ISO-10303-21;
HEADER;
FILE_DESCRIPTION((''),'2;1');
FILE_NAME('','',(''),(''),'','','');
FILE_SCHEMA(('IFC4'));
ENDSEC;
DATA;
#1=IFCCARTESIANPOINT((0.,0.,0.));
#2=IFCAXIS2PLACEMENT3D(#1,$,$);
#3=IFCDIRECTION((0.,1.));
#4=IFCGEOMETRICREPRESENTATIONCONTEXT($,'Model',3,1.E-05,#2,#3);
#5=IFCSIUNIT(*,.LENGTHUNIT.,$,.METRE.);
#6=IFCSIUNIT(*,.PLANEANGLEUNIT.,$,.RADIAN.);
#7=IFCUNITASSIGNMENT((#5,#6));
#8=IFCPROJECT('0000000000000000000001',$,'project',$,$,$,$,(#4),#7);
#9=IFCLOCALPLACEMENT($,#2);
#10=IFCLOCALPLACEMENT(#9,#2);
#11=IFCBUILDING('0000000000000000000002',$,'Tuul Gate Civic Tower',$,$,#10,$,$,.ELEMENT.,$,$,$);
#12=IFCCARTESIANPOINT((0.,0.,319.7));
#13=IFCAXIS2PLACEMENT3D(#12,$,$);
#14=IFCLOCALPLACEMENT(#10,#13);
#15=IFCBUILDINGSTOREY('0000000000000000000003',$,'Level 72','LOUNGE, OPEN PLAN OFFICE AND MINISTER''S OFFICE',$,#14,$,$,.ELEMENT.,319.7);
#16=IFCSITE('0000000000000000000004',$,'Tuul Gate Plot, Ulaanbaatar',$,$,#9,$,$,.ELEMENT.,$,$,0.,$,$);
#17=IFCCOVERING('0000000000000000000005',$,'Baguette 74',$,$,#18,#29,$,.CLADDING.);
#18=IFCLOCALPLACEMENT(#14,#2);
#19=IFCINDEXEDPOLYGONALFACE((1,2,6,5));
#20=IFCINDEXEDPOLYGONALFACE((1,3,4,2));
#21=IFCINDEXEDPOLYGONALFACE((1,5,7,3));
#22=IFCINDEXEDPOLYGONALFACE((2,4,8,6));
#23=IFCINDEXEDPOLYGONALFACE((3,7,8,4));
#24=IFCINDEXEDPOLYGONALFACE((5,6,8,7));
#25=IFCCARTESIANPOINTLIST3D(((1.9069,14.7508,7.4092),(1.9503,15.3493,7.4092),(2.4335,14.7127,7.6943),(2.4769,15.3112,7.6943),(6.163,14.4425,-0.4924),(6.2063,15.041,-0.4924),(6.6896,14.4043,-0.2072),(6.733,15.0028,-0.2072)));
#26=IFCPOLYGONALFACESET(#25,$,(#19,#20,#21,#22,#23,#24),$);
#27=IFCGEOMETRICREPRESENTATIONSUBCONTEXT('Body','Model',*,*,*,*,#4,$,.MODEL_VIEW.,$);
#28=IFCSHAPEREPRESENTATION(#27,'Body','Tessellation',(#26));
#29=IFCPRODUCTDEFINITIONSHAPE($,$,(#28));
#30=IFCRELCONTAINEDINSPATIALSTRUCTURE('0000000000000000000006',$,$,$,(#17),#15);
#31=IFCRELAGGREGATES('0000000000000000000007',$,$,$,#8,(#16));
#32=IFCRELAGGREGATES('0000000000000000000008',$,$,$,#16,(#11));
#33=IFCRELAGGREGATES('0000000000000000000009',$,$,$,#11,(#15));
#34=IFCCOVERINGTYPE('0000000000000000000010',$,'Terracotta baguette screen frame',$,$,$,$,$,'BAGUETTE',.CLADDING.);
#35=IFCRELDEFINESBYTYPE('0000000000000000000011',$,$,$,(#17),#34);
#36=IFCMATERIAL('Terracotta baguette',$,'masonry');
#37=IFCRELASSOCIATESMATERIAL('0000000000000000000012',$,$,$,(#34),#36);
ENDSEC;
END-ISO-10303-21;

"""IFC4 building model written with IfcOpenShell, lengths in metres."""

from ifc_helpers import new_model, si_unit, direction, frame, origin, origin_2d, place, context, subcontext, project, spatial, rectangle, extrude, material, material_profile, profile_set, type_object, element, save


model = new_model("IFC4")

# Units and contexts
model_context = context("Model", 3, precision=1e-05, world=origin(), true_north=direction((0.0, 1.0)))
body_context = subcontext(model_context, "Body", "Model", "MODEL_VIEW")
ifc_project = project(units=[si_unit("LENGTHUNIT", "METRE"), si_unit("PLANEANGLEUNIT", "RADIAN")], contexts=[model_context])

# Site, building, storey
site_placement = place(None, origin())
site = spatial("IfcSite", under=ifc_project, at=site_placement, Name="Tuul Gate Plot, Ulaanbaatar", CompositionType="ELEMENT", RefElevation=0.0)
building_placement = place(site_placement, origin())
building = spatial("IfcBuilding", under=site, at=building_placement, Name="Tuul Gate Civic Tower", CompositionType="ELEMENT")
storey_placement = place(building_placement, frame((0.0, 0.0, 319.7)))
storey = spatial("IfcBuildingStorey", under=building, at=storey_placement, Name="Level 72", Description="LOUNGE, OPEN PLAN OFFICE AND MINISTER'S OFFICE", CompositionType="ELEMENT", Elevation=319.7)

# Covering
ifc_material_1 = material(Name="Terracotta baguette", Category="masonry")
ifc_material_profile_1 = material_profile(ifc_material_1, rectangle(XDim=0.6001, YDim=0.6001, at=origin_2d()), Name="Terracotta baguette screen frame")
ifc_profile_set_1 = profile_set([ifc_material_profile_1], Name="Terracotta baguette")
covering_type = type_object("IfcCoveringType", Name="Terracotta baguette screen frame", ElementType="BAGUETTE", PredefinedType="CLADDING", material=ifc_profile_set_1)
covering_placement = place(storey_placement, frame((2.1919, 15.031, 7.5518), z_axis=(0.47394, -0.034336, -0.879887), x_axis=(0.072259, 0.997386, 0.0)))
element("IfcCovering", 1, at=covering_placement, inside=storey, type_object=covering_type, Name="Baguette 74", PredefinedType="CLADDING", context=body_context, shape_type="SweptSolid", body=[
    extrude(rectangle(XDim=0.6001, YDim=0.6001, at=origin_2d()), origin(), (0.0, 0.0, 1.0), 8.9802),
])

save(model, "model.ifc")
